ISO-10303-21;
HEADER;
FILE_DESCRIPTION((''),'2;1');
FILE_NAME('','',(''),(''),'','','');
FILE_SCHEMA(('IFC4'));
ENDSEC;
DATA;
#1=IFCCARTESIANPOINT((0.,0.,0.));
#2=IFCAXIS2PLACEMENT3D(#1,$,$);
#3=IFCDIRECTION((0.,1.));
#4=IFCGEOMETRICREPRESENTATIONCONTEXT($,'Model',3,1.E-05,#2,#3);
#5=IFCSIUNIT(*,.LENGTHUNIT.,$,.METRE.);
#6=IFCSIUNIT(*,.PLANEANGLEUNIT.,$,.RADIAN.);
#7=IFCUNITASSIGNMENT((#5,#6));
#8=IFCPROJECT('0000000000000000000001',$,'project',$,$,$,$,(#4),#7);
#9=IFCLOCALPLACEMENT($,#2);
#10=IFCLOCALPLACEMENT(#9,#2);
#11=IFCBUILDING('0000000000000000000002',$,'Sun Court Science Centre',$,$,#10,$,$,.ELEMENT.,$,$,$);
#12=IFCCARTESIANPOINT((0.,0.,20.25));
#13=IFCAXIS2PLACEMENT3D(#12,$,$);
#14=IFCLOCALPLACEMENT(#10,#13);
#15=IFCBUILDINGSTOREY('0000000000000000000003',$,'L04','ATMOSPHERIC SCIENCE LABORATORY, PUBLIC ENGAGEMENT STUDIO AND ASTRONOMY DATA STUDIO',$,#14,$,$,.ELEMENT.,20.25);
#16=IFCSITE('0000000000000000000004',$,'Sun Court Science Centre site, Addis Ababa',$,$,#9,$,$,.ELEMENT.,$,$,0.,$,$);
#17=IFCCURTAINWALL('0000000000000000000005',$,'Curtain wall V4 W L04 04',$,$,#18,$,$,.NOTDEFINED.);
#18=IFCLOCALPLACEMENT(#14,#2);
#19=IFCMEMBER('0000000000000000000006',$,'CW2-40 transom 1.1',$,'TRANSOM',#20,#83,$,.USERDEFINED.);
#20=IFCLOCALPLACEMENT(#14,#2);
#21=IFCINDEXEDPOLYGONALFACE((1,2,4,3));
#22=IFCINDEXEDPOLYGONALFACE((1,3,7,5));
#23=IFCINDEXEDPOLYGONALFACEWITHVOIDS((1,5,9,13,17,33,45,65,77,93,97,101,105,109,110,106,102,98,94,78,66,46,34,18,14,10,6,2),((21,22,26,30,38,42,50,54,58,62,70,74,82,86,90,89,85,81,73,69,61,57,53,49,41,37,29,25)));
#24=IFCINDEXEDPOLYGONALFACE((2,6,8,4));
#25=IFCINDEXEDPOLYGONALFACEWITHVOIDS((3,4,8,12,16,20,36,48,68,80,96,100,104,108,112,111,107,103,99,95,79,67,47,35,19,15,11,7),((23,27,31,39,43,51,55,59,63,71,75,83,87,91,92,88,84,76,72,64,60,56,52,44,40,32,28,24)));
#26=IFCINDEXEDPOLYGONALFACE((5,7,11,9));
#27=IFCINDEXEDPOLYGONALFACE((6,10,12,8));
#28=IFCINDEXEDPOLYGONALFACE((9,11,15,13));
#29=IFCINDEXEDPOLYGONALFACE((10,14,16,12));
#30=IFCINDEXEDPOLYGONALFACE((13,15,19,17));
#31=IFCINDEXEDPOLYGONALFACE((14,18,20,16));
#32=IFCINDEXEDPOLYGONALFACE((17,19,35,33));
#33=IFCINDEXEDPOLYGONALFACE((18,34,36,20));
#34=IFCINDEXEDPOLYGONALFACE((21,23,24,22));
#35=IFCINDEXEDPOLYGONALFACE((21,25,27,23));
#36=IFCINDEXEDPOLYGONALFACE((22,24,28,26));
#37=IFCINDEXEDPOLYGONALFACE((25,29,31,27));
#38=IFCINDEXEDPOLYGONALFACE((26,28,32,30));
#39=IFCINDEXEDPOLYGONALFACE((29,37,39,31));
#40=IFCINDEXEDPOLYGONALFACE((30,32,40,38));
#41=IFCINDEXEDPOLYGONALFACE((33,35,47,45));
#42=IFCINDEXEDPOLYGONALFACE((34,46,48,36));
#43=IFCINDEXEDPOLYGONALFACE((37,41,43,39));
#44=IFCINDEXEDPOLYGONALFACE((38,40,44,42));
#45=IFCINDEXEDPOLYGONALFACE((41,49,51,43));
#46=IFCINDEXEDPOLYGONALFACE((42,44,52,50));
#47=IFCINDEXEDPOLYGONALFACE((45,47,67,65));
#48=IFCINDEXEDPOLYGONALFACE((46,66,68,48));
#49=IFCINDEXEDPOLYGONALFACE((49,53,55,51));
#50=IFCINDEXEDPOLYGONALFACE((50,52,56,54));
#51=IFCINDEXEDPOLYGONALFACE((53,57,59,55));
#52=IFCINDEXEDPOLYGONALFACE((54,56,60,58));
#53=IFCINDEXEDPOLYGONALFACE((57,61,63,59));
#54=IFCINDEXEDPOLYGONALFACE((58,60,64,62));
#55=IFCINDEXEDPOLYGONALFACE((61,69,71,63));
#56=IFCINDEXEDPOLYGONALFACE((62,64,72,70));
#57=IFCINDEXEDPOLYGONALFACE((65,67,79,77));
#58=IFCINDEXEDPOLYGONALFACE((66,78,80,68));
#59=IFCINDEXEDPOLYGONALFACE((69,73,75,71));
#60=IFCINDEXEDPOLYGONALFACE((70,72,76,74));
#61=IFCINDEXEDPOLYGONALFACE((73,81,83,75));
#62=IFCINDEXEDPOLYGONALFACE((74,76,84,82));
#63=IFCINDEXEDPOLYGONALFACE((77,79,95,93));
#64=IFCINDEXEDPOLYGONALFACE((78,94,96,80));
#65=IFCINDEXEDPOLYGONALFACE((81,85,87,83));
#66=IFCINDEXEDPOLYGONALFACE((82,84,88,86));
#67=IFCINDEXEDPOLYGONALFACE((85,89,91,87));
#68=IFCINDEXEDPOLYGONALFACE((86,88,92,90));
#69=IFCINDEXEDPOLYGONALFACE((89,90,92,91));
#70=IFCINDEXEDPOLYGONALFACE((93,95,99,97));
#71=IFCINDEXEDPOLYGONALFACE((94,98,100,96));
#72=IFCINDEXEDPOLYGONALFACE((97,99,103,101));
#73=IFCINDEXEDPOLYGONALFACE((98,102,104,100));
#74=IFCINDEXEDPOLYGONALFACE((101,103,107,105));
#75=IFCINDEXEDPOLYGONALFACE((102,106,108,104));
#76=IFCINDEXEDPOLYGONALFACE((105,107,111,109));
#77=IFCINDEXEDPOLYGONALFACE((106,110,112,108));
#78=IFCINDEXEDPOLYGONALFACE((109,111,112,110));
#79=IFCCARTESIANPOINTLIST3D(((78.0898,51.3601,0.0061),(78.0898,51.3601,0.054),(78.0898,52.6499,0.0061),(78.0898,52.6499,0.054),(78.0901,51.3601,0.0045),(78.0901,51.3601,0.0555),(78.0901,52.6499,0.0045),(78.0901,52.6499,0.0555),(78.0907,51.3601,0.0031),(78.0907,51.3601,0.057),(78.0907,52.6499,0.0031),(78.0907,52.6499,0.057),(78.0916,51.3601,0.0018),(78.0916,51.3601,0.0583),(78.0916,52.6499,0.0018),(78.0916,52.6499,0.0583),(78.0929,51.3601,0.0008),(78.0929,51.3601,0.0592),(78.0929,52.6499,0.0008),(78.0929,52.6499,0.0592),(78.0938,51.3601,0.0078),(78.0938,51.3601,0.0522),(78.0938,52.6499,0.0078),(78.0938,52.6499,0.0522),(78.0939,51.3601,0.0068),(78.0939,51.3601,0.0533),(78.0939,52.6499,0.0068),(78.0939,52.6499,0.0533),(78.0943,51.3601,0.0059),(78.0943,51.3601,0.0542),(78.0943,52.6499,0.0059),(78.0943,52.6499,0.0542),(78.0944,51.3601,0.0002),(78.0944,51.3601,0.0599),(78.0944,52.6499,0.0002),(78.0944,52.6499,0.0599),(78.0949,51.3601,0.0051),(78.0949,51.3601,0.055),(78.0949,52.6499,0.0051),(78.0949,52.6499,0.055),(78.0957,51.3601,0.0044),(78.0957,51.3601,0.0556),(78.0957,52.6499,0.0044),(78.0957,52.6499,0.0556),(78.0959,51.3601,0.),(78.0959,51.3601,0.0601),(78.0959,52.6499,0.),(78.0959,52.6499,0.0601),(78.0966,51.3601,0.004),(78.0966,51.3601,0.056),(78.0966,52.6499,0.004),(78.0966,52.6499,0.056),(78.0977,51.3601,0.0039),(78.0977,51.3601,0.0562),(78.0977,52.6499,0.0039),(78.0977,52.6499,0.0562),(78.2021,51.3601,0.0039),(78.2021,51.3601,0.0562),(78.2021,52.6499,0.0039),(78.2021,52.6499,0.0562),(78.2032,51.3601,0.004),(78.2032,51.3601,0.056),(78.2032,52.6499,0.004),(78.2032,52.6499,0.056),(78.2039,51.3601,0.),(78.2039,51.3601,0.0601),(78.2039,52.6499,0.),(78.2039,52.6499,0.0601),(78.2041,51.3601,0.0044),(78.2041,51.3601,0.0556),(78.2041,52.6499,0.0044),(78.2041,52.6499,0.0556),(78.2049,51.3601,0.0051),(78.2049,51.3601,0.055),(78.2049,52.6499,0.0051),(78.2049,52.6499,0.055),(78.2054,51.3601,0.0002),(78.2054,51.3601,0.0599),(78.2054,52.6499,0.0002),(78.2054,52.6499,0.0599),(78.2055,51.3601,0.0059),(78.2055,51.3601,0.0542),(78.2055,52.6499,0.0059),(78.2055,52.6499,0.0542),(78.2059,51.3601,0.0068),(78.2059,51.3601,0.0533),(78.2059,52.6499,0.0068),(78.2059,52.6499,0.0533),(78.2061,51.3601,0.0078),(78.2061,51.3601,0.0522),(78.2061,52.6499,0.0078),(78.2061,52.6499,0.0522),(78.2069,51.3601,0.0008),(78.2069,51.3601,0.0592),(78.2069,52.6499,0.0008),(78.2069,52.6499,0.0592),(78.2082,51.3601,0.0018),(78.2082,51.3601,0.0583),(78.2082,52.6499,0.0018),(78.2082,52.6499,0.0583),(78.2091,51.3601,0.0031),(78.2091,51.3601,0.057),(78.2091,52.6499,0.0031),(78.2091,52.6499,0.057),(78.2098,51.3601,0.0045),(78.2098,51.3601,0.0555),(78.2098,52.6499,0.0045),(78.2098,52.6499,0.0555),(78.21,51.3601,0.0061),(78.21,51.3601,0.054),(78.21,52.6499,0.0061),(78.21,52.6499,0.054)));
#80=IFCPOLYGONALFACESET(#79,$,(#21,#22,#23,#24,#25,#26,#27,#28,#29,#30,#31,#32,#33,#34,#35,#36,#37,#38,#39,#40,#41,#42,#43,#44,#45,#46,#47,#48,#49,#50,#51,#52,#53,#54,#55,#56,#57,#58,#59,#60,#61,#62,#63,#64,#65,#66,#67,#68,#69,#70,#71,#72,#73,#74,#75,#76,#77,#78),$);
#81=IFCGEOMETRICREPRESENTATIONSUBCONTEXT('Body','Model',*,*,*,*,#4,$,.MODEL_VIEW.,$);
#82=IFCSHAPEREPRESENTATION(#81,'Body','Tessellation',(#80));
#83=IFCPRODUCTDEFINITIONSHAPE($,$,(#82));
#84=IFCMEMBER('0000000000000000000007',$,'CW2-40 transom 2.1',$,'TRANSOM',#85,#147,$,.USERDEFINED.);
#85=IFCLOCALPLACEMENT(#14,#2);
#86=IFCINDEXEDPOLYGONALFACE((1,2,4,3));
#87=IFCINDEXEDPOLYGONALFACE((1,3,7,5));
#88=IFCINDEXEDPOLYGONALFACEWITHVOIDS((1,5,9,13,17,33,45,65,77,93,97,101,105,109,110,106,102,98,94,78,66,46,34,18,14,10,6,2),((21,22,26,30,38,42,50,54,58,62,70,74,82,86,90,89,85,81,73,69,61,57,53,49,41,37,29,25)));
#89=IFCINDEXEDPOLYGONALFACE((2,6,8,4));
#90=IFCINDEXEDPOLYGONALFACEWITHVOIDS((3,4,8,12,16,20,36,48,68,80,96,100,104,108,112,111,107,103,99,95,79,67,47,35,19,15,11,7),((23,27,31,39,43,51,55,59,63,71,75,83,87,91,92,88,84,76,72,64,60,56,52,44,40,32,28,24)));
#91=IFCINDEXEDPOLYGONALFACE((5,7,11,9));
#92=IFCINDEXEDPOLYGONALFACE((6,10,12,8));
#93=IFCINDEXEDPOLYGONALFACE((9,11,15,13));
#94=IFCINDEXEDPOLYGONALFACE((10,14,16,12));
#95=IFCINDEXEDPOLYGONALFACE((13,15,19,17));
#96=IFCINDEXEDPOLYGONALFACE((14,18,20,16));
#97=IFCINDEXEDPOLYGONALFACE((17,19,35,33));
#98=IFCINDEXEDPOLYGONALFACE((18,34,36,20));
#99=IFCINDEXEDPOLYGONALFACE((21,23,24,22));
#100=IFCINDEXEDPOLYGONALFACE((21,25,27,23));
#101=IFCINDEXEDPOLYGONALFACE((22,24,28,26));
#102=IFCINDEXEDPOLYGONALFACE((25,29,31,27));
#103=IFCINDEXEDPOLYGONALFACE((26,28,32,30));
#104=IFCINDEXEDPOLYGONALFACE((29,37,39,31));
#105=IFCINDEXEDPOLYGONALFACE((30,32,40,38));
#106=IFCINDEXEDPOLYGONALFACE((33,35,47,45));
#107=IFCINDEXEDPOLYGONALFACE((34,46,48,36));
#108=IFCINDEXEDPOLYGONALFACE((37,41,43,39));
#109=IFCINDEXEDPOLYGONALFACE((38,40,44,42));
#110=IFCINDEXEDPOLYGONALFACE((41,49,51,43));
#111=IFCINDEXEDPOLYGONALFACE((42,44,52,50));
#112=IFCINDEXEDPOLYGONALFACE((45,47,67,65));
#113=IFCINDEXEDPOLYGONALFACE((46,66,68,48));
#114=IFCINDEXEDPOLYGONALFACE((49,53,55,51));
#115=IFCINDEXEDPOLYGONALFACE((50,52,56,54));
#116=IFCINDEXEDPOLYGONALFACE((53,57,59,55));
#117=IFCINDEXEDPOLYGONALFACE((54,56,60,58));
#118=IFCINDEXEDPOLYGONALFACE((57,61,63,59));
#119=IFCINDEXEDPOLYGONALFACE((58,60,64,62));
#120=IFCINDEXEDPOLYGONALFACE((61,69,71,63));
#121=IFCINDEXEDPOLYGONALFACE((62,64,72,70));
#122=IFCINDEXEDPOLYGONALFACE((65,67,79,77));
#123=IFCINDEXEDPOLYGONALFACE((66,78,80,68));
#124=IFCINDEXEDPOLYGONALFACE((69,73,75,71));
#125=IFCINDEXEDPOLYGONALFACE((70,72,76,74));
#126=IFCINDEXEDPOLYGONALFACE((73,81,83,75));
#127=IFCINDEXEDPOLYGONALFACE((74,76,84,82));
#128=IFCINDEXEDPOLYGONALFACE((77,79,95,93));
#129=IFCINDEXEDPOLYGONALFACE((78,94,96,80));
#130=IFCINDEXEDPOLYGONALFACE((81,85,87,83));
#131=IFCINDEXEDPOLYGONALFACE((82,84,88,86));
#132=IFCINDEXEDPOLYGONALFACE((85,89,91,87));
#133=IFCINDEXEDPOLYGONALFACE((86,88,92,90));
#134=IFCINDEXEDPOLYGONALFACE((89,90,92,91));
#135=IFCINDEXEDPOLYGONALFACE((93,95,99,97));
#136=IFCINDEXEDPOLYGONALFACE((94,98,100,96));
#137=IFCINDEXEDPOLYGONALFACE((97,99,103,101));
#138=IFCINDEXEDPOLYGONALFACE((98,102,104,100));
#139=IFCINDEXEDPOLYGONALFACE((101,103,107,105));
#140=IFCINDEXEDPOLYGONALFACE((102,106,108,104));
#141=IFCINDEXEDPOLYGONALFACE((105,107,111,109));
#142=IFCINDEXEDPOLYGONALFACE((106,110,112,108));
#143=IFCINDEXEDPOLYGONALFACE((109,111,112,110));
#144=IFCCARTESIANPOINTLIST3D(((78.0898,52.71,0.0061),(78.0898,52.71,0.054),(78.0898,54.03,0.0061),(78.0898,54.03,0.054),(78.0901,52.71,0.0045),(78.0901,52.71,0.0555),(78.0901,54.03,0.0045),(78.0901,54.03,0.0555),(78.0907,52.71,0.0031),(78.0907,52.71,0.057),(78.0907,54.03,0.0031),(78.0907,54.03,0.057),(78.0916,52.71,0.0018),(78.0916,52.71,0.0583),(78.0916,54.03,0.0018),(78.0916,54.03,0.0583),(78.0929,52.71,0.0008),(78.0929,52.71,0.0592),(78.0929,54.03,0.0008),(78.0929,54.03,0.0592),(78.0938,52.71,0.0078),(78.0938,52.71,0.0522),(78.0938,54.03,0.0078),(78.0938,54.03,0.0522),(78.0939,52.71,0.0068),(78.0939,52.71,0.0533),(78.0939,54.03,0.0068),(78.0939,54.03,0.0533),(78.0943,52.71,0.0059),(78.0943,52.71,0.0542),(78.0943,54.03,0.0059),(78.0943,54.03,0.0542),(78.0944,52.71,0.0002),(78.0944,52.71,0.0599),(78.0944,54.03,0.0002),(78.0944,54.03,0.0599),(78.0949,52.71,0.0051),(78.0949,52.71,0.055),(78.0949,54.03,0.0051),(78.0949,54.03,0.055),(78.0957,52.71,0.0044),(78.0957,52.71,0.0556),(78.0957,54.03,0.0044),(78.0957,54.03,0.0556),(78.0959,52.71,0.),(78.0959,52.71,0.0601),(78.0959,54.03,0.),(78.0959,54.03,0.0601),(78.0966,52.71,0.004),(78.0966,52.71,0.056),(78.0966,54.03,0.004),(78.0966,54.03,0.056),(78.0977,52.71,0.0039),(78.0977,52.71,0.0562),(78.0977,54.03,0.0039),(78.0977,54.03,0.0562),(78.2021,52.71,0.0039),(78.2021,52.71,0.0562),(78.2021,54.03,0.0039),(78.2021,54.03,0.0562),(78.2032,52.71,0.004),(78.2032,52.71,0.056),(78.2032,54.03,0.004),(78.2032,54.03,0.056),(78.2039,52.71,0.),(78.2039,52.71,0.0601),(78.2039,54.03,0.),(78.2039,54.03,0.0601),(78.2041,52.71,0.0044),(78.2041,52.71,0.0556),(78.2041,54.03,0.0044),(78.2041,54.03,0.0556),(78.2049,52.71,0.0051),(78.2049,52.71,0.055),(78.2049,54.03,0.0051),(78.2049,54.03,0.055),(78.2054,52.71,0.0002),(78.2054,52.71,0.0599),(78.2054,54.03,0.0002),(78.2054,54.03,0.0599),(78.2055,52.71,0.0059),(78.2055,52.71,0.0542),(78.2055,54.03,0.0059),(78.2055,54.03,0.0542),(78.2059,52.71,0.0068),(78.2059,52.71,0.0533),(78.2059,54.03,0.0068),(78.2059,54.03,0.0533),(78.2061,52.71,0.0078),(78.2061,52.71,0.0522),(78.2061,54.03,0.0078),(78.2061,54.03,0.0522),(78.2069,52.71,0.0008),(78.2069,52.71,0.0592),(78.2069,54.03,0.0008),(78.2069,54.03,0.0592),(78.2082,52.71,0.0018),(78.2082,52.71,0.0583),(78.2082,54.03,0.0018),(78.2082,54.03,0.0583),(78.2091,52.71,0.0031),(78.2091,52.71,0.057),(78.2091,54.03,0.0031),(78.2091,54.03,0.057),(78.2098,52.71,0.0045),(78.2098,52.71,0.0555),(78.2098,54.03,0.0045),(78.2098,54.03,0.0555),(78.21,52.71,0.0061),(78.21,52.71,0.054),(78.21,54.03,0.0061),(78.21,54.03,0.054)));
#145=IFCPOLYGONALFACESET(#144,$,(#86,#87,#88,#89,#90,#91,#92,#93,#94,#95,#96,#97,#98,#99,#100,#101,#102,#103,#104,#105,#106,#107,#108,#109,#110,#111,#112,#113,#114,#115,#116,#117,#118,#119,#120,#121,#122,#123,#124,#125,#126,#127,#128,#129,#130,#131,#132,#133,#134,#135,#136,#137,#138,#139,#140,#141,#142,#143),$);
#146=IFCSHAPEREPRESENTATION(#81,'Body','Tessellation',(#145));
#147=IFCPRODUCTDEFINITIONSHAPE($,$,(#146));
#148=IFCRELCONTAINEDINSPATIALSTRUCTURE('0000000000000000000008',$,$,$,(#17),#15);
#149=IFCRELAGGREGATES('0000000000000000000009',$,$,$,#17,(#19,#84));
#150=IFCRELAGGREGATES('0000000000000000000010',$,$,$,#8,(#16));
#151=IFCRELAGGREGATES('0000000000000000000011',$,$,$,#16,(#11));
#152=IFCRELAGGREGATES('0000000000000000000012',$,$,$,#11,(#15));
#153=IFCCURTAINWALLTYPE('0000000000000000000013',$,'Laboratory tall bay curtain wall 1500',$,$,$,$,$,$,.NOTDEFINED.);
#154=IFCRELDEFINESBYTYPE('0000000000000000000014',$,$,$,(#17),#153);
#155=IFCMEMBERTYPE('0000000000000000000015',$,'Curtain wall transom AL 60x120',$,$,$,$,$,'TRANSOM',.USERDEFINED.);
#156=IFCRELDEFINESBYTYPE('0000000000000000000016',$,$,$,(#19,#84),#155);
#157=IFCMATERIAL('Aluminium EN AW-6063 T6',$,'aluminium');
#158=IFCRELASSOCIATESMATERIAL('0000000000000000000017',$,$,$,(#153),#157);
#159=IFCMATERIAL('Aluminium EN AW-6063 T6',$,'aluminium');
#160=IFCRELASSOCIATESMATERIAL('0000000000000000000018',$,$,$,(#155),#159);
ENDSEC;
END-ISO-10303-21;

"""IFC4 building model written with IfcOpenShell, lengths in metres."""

from ifc_helpers import new_model, si_unit, direction, frame, origin, origin_2d, place, context, subcontext, project, spatial, hollow_rectangle, extrude, material, material_profile, profile_set, type_object, element, aggregate, save


model = new_model("IFC4")

# Units and contexts
model_context = context("Model", 3, precision=1e-05, world=origin(), true_north=direction((0.0, 1.0)))
body_context = subcontext(model_context, "Body", "Model", "MODEL_VIEW")
ifc_project = project(units=[si_unit("LENGTHUNIT", "METRE"), si_unit("PLANEANGLEUNIT", "RADIAN")], contexts=[model_context])

# Site, building, storey
site_placement = place(None, origin())
site = spatial("IfcSite", under=ifc_project, at=site_placement, Name="Sun Court Science Centre site, Addis Ababa", CompositionType="ELEMENT", RefElevation=0.0)
building_placement = place(site_placement, origin())
building = spatial("IfcBuilding", under=site, at=building_placement, Name="Sun Court Science Centre", CompositionType="ELEMENT")
storey_placement = place(building_placement, frame((0.0, 0.0, 20.25)))
storey = spatial("IfcBuildingStorey", under=building, at=storey_placement, Name="L04", Description="ATMOSPHERIC SCIENCE LABORATORY, PUBLIC ENGAGEMENT STUDIO AND ASTRONOMY DATA STUDIO", CompositionType="ELEMENT", Elevation=20.25)

# Shared definitions
ifc_material_1 = material(Name="Aluminium EN AW-6063 T6", Category="aluminium")
curtain_wall_type = type_object("IfcCurtainWallType", Name="Laboratory tall bay curtain wall 1500", PredefinedType="NOTDEFINED", material=ifc_material_1)

# Curtain wall
curtain_wall_1_placement = place(storey_placement, origin())
curtain_wall_1 = element("IfcCurtainWall", 1, at=curtain_wall_1_placement, inside=storey, type_object=curtain_wall_type, Name="Curtain wall V4 W L04 04", PredefinedType="NOTDEFINED")

# Members
ifc_material_2 = material(Name="Aluminium EN AW-6063 T6", Category="aluminium")
ifc_material_profile_1 = material_profile(ifc_material_2, hollow_rectangle(XDim=0.0601, YDim=0.1201, WallThickness=0.0039, InnerFilletRadius=0.0039, OuterFilletRadius=0.0061, at=origin_2d()), Name="AL 60x120x4")
ifc_profile_set_1 = profile_set([ifc_material_profile_1], Name="Aluminium EN AW-6063 T6")
member_type_1 = type_object("IfcMemberType", Name="Curtain wall transom AL 60x120", ElementType="TRANSOM", PredefinedType="USERDEFINED", material=ifc_profile_set_1)
member_1_placement = place(storey_placement, frame((78.1499, 51.3601, 0.03), z_axis=(0.0, 1.0, 0.0), x_axis=(0.0, 0.0, 1.0)))
member_1 = element("IfcMember", 2, at=member_1_placement, type_object=member_type_1, Name="CW2-40 transom 1.1", ObjectType="TRANSOM", PredefinedType="USERDEFINED", context=body_context, shape_type="SweptSolid", body=[
    extrude(hollow_rectangle(XDim=0.0601, YDim=0.1201, WallThickness=0.0039, InnerFilletRadius=0.0039, OuterFilletRadius=0.0061, at=origin_2d()), origin(), (0.0, 0.0, 1.0), 1.2898),
])
member_2_placement = place(storey_placement, frame((78.1499, 52.71, 0.03), z_axis=(0.0, 1.0, 0.0), x_axis=(0.0, 0.0, 1.0)))
member_2 = element("IfcMember", 3, at=member_2_placement, type_object=member_type_1, Name="CW2-40 transom 2.1", ObjectType="TRANSOM", PredefinedType="USERDEFINED", context=body_context, shape_type="SweptSolid", body=[
    extrude(hollow_rectangle(XDim=0.0601, YDim=0.1201, WallThickness=0.0039, InnerFilletRadius=0.0039, OuterFilletRadius=0.0061, at=origin_2d()), origin(), (0.0, 0.0, 1.0), 1.3201),
])

aggregate(curtain_wall_1, [member_1, member_2])

save(model, "model.ifc")
